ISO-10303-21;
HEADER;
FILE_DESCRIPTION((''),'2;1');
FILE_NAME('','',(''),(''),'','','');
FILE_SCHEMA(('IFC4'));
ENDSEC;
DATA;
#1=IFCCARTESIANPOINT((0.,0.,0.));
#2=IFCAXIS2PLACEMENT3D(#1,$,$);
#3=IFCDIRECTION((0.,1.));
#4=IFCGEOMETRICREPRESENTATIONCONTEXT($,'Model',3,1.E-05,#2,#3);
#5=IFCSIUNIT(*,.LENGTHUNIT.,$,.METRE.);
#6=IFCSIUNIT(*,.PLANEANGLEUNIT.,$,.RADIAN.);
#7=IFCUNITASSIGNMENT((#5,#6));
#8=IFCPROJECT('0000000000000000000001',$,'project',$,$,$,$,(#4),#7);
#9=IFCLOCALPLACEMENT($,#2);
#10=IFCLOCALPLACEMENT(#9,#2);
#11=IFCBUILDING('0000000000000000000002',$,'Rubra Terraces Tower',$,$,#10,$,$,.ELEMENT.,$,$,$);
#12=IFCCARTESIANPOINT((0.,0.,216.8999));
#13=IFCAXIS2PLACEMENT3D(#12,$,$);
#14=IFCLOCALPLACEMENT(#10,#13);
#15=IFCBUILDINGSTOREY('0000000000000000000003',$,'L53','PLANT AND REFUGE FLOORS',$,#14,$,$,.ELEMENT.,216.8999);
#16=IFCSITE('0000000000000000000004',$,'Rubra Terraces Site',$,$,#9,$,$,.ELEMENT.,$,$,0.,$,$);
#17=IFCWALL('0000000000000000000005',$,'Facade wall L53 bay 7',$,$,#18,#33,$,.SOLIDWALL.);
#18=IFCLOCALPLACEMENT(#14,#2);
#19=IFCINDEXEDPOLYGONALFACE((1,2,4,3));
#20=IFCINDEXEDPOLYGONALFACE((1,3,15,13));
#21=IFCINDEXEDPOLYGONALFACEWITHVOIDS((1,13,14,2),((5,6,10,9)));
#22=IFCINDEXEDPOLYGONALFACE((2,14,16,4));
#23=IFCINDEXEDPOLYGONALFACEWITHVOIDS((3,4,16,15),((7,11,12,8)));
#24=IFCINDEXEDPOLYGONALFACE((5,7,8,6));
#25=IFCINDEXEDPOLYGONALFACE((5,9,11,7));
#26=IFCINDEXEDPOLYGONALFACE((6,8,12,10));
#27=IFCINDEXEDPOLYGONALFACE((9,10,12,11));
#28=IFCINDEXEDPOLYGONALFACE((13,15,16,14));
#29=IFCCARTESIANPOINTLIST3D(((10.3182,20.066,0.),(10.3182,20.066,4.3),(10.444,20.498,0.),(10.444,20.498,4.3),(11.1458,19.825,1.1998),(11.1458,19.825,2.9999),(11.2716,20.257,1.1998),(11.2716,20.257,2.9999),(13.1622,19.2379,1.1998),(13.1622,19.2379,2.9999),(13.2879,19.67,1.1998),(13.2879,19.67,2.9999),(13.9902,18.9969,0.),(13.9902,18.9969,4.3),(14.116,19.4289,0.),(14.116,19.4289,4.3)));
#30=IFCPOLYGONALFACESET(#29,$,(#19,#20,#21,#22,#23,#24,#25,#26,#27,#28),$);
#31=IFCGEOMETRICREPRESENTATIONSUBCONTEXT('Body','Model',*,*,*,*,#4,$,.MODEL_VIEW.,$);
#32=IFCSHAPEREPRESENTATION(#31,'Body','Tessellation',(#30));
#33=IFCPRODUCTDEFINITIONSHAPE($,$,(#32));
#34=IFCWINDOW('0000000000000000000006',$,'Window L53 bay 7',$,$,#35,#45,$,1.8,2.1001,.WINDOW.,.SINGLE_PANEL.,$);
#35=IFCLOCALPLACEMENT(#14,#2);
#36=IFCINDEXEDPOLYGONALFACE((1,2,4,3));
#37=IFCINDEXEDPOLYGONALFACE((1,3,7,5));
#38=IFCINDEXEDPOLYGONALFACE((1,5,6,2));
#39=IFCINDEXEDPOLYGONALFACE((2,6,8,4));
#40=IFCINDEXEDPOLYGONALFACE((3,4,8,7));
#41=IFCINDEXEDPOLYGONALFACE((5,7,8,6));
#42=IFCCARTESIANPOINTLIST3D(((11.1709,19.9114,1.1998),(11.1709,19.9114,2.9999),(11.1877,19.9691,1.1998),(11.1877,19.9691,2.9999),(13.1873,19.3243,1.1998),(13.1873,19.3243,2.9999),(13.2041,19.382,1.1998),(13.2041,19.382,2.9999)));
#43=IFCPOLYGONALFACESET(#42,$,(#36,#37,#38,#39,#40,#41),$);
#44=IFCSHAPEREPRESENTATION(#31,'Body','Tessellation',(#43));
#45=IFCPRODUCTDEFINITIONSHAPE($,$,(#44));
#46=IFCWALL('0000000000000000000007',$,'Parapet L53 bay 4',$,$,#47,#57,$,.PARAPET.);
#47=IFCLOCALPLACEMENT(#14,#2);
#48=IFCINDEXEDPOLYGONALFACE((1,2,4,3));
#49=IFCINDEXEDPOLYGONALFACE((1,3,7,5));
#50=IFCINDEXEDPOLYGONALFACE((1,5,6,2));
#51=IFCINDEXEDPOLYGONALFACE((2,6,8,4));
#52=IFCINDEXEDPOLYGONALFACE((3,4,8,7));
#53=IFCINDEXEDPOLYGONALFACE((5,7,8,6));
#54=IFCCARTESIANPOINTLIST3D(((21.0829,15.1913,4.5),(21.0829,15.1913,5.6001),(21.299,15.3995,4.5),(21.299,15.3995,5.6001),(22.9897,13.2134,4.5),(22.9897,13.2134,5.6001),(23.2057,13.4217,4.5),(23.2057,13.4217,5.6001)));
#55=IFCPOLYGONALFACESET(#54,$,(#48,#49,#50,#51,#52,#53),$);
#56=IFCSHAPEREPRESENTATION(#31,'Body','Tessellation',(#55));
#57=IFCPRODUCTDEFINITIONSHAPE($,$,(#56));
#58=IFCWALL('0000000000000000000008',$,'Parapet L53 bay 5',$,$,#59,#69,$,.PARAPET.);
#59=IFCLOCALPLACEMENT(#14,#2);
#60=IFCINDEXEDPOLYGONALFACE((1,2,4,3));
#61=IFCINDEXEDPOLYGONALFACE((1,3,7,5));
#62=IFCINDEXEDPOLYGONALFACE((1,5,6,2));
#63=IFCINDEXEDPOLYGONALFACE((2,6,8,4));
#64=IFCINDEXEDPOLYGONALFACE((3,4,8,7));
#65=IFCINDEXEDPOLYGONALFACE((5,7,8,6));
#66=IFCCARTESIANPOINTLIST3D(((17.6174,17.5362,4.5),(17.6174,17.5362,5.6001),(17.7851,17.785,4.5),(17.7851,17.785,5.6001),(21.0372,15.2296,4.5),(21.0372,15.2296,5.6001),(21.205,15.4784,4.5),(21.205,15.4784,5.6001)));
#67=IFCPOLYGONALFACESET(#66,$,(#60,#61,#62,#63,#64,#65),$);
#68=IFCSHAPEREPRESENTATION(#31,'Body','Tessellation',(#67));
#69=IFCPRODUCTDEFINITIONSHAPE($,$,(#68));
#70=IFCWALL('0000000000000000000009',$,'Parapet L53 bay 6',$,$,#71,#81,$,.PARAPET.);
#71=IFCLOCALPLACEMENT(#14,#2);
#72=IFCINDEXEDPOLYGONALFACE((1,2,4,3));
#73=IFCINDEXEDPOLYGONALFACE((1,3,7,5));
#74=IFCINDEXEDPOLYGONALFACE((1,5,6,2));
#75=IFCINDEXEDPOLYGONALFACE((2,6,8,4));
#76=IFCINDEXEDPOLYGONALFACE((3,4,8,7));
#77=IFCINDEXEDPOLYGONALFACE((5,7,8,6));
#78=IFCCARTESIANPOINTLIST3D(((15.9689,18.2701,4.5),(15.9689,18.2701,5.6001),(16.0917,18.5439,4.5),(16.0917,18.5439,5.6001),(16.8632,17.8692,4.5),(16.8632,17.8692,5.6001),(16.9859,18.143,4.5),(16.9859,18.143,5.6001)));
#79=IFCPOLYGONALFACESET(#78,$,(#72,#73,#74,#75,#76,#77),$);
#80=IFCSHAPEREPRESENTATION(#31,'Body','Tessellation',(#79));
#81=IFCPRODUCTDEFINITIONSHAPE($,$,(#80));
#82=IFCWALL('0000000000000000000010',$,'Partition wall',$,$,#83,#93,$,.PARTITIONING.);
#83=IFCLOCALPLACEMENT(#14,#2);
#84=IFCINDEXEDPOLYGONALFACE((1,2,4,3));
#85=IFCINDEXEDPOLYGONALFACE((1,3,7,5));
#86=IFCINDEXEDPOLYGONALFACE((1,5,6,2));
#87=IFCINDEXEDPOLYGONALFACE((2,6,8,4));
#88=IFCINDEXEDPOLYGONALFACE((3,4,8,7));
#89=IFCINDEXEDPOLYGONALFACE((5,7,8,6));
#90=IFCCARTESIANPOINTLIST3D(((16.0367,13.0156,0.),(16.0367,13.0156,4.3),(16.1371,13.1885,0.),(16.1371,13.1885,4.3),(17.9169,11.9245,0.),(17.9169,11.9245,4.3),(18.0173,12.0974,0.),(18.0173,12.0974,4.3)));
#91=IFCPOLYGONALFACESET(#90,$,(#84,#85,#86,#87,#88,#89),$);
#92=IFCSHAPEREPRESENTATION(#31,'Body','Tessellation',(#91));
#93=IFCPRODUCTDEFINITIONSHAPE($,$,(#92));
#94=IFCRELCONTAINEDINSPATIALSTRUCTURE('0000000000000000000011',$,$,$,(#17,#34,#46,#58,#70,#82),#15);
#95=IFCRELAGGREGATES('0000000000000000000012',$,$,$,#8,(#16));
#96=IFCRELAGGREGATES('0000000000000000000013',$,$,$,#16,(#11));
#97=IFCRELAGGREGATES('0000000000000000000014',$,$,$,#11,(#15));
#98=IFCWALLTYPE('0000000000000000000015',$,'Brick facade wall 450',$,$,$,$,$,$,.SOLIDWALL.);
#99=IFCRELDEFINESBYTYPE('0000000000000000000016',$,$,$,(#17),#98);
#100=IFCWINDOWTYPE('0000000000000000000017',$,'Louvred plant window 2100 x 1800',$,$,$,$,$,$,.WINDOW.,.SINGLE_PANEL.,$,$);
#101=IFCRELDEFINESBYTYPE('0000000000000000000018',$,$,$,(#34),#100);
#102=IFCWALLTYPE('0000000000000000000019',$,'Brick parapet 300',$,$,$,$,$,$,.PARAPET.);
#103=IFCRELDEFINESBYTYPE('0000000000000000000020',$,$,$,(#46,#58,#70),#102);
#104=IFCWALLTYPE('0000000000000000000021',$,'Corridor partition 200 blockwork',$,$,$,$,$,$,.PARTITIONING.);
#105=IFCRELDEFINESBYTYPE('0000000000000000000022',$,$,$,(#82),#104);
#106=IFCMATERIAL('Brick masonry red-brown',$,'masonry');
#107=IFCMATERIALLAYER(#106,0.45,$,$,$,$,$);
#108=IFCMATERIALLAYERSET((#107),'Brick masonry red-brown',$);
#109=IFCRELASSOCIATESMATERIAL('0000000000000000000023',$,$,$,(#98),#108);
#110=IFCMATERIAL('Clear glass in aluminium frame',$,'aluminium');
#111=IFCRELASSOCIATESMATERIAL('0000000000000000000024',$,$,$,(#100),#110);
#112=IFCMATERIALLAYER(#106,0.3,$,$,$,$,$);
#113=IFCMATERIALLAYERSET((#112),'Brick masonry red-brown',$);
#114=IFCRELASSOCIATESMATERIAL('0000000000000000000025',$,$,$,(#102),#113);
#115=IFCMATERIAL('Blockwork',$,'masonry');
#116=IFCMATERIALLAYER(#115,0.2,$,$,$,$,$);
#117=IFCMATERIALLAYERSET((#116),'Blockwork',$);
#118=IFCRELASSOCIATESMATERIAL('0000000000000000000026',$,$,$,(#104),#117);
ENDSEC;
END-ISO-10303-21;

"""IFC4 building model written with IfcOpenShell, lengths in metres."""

from ifc_helpers import new_model, si_unit, direction, frame, frame_2d, origin, place, context, subcontext, project, spatial, rectangle, extrude, material, layer, layer_set, type_object, element, fill, save


model = new_model("IFC4")

# Units and contexts
model_context = context("Model", 3, precision=1e-05, world=origin(), true_north=direction((0.0, 1.0)))
body_context = subcontext(model_context, "Body", "Model", "MODEL_VIEW")
ifc_project = project(units=[si_unit("LENGTHUNIT", "METRE"), si_unit("PLANEANGLEUNIT", "RADIAN")], contexts=[model_context])

# Site, building, storey
site_placement = place(None, origin())
site = spatial("IfcSite", under=ifc_project, at=site_placement, Name="Rubra Terraces Site", CompositionType="ELEMENT", RefElevation=0.0)
building_placement = place(site_placement, origin())
building = spatial("IfcBuilding", under=site, at=building_placement, Name="Rubra Terraces Tower", CompositionType="ELEMENT")
storey_placement = place(building_placement, frame((0.0, 0.0, 216.8999)))
storey = spatial("IfcBuildingStorey", under=building, at=storey_placement, Name="L53", Description="PLANT AND REFUGE FLOORS", CompositionType="ELEMENT", Elevation=216.8999)

# Wall, opening, window
ifc_material_1 = material(Name="Brick masonry red-brown", Category="masonry")
ifc_layer_1 = layer(ifc_material_1, 0.45)
ifc_layer_set_1 = layer_set([ifc_layer_1], Name="Brick masonry red-brown")
wall_type_1 = type_object("IfcWallType", Name="Brick facade wall 450", PredefinedType="SOLIDWALL", material=ifc_layer_set_1)
ifc_material_2 = material(Name="Clear glass in aluminium frame", Category="aluminium")
window_type = type_object("IfcWindowType", Name="Louvred plant window 2100 x 1800", PartitioningType="SINGLE_PANEL", PredefinedType="WINDOW", material=ifc_material_2)
wall_1_placement = place(storey_placement, frame((14.053, 19.2129, 0.0), z_axis=(0.0, 0.0, 1.0), x_axis=(-0.960131, 0.279549, 0.0)))
wall_1 = element("IfcWall", 1, at=wall_1_placement, inside=storey, type_object=wall_type_1, Name="Facade wall L53 bay 7", PredefinedType="SOLIDWALL", context=body_context, shape_type="SweptSolid", body=[
    extrude(rectangle(XDim=3.8245, YDim=0.45, at=frame_2d((1.9121, 0.0))), origin(), (0.0, 0.0, 1.0), 4.3),
])
opening_1_placement = place(wall_1_placement, frame((0.8623, 0.0, 1.2)))
opening_1 = element("IfcOpeningElement", 2, at=opening_1_placement, cuts=wall_1, PredefinedType="OPENING", context=body_context, shape_type="SweptSolid", body=[
    extrude(rectangle(XDim=2.1001, YDim=1.8, at=frame_2d((1.05, 0.8999))), frame((0.0, 0.2349, 0.0), z_axis=(0.0, -1.0, 0.0), x_axis=(1.0, 0.0, 0.0)), (0.0, 0.0, 1.0), 0.47),
])
window_1_placement = place(opening_1_placement, origin())
window_1 = element("IfcWindow", 3, at=window_1_placement, inside=storey, type_object=window_type, Name="Window L53 bay 7", OverallHeight=1.8, OverallWidth=2.1001, PartitioningType="SINGLE_PANEL", PredefinedType="WINDOW", context=body_context, shape_type="SweptSolid", body=[
    extrude(rectangle(XDim=2.1001, YDim=1.8, at=frame_2d((1.05, 0.8999))), frame((0.0, 0.135, 0.0), z_axis=(0.0, -1.0, 0.0), x_axis=(1.0, 0.0, 0.0)), (0.0, 0.0, 1.0), 0.0601),
])
fill(opening_1, window_1)

# Walls
ifc_layer_2 = layer(ifc_material_1, 0.3)
ifc_layer_set_2 = layer_set([ifc_layer_2], Name="Brick masonry red-brown")
wall_type_2 = type_object("IfcWallType", Name="Brick parapet 300", PredefinedType="PARAPET", material=ifc_layer_set_2)
wall_2_placement = place(storey_placement, frame((23.0977, 13.3176, 4.5), z_axis=(0.0, 0.0, 1.0), x_axis=(-0.694058, 0.719919, 0.0)))
element("IfcWall", 4, at=wall_2_placement, inside=storey, type_object=wall_type_2, Name="Parapet L53 bay 4", PredefinedType="PARAPET", context=body_context, shape_type="SweptSolid", body=[
    extrude(rectangle(XDim=2.7473, YDim=0.3, at=frame_2d((1.3735, 0.0))), origin(), (0.0, 0.0, 1.0), 1.1001),
])
wall_3_placement = place(storey_placement, frame((21.1211, 15.354, 4.5), z_axis=(0.0, 0.0, 1.0), x_axis=(-0.829052, 0.559172, 0.0)))
element("IfcWall", 5, at=wall_3_placement, inside=storey, type_object=wall_type_2, Name="Parapet L53 bay 5", PredefinedType="PARAPET", context=body_context, shape_type="SweptSolid", body=[
    extrude(rectangle(XDim=4.125, YDim=0.3, at=frame_2d((2.0625, 0.0))), origin(), (0.0, 0.0, 1.0), 1.1001),
])
wall_4_placement = place(storey_placement, frame((16.9246, 18.0061, 4.5), z_axis=(0.0, 0.0, 1.0), x_axis=(-0.912513, 0.409049, 0.0)))
element("IfcWall", 6, at=wall_4_placement, inside=storey, type_object=wall_type_2, Name="Parapet L53 bay 6", PredefinedType="PARAPET", context=body_context, shape_type="SweptSolid", body=[
    extrude(rectangle(XDim=0.98, YDim=0.3, at=frame_2d((0.49, 0.0))), origin(), (0.0, 0.0, 1.0), 1.1001),
])
ifc_material_3 = material(Name="Blockwork", Category="masonry")
ifc_layer_3 = layer(ifc_material_3, 0.2)
ifc_layer_set_3 = layer_set([ifc_layer_3], Name="Blockwork")
wall_type_3 = type_object("IfcWallType", Name="Corridor partition 200 blockwork", PredefinedType="PARTITIONING", material=ifc_layer_set_3)
wall_5_placement = place(storey_placement, frame((16.0869, 13.1021, 0.0), z_axis=(0.0, 0.0, 1.0), x_axis=(0.864913, -0.501921, 0.0)))
element("IfcWall", 7, at=wall_5_placement, inside=storey, type_object=wall_type_3, Name="Partition wall", PredefinedType="PARTITIONING", context=body_context, shape_type="SweptSolid", body=[
    extrude(rectangle(XDim=2.1738, YDim=0.2, at=frame_2d((1.0869, 0.0))), origin(), (0.0, 0.0, 1.0), 4.3),
])

save(model, "model.ifc")
